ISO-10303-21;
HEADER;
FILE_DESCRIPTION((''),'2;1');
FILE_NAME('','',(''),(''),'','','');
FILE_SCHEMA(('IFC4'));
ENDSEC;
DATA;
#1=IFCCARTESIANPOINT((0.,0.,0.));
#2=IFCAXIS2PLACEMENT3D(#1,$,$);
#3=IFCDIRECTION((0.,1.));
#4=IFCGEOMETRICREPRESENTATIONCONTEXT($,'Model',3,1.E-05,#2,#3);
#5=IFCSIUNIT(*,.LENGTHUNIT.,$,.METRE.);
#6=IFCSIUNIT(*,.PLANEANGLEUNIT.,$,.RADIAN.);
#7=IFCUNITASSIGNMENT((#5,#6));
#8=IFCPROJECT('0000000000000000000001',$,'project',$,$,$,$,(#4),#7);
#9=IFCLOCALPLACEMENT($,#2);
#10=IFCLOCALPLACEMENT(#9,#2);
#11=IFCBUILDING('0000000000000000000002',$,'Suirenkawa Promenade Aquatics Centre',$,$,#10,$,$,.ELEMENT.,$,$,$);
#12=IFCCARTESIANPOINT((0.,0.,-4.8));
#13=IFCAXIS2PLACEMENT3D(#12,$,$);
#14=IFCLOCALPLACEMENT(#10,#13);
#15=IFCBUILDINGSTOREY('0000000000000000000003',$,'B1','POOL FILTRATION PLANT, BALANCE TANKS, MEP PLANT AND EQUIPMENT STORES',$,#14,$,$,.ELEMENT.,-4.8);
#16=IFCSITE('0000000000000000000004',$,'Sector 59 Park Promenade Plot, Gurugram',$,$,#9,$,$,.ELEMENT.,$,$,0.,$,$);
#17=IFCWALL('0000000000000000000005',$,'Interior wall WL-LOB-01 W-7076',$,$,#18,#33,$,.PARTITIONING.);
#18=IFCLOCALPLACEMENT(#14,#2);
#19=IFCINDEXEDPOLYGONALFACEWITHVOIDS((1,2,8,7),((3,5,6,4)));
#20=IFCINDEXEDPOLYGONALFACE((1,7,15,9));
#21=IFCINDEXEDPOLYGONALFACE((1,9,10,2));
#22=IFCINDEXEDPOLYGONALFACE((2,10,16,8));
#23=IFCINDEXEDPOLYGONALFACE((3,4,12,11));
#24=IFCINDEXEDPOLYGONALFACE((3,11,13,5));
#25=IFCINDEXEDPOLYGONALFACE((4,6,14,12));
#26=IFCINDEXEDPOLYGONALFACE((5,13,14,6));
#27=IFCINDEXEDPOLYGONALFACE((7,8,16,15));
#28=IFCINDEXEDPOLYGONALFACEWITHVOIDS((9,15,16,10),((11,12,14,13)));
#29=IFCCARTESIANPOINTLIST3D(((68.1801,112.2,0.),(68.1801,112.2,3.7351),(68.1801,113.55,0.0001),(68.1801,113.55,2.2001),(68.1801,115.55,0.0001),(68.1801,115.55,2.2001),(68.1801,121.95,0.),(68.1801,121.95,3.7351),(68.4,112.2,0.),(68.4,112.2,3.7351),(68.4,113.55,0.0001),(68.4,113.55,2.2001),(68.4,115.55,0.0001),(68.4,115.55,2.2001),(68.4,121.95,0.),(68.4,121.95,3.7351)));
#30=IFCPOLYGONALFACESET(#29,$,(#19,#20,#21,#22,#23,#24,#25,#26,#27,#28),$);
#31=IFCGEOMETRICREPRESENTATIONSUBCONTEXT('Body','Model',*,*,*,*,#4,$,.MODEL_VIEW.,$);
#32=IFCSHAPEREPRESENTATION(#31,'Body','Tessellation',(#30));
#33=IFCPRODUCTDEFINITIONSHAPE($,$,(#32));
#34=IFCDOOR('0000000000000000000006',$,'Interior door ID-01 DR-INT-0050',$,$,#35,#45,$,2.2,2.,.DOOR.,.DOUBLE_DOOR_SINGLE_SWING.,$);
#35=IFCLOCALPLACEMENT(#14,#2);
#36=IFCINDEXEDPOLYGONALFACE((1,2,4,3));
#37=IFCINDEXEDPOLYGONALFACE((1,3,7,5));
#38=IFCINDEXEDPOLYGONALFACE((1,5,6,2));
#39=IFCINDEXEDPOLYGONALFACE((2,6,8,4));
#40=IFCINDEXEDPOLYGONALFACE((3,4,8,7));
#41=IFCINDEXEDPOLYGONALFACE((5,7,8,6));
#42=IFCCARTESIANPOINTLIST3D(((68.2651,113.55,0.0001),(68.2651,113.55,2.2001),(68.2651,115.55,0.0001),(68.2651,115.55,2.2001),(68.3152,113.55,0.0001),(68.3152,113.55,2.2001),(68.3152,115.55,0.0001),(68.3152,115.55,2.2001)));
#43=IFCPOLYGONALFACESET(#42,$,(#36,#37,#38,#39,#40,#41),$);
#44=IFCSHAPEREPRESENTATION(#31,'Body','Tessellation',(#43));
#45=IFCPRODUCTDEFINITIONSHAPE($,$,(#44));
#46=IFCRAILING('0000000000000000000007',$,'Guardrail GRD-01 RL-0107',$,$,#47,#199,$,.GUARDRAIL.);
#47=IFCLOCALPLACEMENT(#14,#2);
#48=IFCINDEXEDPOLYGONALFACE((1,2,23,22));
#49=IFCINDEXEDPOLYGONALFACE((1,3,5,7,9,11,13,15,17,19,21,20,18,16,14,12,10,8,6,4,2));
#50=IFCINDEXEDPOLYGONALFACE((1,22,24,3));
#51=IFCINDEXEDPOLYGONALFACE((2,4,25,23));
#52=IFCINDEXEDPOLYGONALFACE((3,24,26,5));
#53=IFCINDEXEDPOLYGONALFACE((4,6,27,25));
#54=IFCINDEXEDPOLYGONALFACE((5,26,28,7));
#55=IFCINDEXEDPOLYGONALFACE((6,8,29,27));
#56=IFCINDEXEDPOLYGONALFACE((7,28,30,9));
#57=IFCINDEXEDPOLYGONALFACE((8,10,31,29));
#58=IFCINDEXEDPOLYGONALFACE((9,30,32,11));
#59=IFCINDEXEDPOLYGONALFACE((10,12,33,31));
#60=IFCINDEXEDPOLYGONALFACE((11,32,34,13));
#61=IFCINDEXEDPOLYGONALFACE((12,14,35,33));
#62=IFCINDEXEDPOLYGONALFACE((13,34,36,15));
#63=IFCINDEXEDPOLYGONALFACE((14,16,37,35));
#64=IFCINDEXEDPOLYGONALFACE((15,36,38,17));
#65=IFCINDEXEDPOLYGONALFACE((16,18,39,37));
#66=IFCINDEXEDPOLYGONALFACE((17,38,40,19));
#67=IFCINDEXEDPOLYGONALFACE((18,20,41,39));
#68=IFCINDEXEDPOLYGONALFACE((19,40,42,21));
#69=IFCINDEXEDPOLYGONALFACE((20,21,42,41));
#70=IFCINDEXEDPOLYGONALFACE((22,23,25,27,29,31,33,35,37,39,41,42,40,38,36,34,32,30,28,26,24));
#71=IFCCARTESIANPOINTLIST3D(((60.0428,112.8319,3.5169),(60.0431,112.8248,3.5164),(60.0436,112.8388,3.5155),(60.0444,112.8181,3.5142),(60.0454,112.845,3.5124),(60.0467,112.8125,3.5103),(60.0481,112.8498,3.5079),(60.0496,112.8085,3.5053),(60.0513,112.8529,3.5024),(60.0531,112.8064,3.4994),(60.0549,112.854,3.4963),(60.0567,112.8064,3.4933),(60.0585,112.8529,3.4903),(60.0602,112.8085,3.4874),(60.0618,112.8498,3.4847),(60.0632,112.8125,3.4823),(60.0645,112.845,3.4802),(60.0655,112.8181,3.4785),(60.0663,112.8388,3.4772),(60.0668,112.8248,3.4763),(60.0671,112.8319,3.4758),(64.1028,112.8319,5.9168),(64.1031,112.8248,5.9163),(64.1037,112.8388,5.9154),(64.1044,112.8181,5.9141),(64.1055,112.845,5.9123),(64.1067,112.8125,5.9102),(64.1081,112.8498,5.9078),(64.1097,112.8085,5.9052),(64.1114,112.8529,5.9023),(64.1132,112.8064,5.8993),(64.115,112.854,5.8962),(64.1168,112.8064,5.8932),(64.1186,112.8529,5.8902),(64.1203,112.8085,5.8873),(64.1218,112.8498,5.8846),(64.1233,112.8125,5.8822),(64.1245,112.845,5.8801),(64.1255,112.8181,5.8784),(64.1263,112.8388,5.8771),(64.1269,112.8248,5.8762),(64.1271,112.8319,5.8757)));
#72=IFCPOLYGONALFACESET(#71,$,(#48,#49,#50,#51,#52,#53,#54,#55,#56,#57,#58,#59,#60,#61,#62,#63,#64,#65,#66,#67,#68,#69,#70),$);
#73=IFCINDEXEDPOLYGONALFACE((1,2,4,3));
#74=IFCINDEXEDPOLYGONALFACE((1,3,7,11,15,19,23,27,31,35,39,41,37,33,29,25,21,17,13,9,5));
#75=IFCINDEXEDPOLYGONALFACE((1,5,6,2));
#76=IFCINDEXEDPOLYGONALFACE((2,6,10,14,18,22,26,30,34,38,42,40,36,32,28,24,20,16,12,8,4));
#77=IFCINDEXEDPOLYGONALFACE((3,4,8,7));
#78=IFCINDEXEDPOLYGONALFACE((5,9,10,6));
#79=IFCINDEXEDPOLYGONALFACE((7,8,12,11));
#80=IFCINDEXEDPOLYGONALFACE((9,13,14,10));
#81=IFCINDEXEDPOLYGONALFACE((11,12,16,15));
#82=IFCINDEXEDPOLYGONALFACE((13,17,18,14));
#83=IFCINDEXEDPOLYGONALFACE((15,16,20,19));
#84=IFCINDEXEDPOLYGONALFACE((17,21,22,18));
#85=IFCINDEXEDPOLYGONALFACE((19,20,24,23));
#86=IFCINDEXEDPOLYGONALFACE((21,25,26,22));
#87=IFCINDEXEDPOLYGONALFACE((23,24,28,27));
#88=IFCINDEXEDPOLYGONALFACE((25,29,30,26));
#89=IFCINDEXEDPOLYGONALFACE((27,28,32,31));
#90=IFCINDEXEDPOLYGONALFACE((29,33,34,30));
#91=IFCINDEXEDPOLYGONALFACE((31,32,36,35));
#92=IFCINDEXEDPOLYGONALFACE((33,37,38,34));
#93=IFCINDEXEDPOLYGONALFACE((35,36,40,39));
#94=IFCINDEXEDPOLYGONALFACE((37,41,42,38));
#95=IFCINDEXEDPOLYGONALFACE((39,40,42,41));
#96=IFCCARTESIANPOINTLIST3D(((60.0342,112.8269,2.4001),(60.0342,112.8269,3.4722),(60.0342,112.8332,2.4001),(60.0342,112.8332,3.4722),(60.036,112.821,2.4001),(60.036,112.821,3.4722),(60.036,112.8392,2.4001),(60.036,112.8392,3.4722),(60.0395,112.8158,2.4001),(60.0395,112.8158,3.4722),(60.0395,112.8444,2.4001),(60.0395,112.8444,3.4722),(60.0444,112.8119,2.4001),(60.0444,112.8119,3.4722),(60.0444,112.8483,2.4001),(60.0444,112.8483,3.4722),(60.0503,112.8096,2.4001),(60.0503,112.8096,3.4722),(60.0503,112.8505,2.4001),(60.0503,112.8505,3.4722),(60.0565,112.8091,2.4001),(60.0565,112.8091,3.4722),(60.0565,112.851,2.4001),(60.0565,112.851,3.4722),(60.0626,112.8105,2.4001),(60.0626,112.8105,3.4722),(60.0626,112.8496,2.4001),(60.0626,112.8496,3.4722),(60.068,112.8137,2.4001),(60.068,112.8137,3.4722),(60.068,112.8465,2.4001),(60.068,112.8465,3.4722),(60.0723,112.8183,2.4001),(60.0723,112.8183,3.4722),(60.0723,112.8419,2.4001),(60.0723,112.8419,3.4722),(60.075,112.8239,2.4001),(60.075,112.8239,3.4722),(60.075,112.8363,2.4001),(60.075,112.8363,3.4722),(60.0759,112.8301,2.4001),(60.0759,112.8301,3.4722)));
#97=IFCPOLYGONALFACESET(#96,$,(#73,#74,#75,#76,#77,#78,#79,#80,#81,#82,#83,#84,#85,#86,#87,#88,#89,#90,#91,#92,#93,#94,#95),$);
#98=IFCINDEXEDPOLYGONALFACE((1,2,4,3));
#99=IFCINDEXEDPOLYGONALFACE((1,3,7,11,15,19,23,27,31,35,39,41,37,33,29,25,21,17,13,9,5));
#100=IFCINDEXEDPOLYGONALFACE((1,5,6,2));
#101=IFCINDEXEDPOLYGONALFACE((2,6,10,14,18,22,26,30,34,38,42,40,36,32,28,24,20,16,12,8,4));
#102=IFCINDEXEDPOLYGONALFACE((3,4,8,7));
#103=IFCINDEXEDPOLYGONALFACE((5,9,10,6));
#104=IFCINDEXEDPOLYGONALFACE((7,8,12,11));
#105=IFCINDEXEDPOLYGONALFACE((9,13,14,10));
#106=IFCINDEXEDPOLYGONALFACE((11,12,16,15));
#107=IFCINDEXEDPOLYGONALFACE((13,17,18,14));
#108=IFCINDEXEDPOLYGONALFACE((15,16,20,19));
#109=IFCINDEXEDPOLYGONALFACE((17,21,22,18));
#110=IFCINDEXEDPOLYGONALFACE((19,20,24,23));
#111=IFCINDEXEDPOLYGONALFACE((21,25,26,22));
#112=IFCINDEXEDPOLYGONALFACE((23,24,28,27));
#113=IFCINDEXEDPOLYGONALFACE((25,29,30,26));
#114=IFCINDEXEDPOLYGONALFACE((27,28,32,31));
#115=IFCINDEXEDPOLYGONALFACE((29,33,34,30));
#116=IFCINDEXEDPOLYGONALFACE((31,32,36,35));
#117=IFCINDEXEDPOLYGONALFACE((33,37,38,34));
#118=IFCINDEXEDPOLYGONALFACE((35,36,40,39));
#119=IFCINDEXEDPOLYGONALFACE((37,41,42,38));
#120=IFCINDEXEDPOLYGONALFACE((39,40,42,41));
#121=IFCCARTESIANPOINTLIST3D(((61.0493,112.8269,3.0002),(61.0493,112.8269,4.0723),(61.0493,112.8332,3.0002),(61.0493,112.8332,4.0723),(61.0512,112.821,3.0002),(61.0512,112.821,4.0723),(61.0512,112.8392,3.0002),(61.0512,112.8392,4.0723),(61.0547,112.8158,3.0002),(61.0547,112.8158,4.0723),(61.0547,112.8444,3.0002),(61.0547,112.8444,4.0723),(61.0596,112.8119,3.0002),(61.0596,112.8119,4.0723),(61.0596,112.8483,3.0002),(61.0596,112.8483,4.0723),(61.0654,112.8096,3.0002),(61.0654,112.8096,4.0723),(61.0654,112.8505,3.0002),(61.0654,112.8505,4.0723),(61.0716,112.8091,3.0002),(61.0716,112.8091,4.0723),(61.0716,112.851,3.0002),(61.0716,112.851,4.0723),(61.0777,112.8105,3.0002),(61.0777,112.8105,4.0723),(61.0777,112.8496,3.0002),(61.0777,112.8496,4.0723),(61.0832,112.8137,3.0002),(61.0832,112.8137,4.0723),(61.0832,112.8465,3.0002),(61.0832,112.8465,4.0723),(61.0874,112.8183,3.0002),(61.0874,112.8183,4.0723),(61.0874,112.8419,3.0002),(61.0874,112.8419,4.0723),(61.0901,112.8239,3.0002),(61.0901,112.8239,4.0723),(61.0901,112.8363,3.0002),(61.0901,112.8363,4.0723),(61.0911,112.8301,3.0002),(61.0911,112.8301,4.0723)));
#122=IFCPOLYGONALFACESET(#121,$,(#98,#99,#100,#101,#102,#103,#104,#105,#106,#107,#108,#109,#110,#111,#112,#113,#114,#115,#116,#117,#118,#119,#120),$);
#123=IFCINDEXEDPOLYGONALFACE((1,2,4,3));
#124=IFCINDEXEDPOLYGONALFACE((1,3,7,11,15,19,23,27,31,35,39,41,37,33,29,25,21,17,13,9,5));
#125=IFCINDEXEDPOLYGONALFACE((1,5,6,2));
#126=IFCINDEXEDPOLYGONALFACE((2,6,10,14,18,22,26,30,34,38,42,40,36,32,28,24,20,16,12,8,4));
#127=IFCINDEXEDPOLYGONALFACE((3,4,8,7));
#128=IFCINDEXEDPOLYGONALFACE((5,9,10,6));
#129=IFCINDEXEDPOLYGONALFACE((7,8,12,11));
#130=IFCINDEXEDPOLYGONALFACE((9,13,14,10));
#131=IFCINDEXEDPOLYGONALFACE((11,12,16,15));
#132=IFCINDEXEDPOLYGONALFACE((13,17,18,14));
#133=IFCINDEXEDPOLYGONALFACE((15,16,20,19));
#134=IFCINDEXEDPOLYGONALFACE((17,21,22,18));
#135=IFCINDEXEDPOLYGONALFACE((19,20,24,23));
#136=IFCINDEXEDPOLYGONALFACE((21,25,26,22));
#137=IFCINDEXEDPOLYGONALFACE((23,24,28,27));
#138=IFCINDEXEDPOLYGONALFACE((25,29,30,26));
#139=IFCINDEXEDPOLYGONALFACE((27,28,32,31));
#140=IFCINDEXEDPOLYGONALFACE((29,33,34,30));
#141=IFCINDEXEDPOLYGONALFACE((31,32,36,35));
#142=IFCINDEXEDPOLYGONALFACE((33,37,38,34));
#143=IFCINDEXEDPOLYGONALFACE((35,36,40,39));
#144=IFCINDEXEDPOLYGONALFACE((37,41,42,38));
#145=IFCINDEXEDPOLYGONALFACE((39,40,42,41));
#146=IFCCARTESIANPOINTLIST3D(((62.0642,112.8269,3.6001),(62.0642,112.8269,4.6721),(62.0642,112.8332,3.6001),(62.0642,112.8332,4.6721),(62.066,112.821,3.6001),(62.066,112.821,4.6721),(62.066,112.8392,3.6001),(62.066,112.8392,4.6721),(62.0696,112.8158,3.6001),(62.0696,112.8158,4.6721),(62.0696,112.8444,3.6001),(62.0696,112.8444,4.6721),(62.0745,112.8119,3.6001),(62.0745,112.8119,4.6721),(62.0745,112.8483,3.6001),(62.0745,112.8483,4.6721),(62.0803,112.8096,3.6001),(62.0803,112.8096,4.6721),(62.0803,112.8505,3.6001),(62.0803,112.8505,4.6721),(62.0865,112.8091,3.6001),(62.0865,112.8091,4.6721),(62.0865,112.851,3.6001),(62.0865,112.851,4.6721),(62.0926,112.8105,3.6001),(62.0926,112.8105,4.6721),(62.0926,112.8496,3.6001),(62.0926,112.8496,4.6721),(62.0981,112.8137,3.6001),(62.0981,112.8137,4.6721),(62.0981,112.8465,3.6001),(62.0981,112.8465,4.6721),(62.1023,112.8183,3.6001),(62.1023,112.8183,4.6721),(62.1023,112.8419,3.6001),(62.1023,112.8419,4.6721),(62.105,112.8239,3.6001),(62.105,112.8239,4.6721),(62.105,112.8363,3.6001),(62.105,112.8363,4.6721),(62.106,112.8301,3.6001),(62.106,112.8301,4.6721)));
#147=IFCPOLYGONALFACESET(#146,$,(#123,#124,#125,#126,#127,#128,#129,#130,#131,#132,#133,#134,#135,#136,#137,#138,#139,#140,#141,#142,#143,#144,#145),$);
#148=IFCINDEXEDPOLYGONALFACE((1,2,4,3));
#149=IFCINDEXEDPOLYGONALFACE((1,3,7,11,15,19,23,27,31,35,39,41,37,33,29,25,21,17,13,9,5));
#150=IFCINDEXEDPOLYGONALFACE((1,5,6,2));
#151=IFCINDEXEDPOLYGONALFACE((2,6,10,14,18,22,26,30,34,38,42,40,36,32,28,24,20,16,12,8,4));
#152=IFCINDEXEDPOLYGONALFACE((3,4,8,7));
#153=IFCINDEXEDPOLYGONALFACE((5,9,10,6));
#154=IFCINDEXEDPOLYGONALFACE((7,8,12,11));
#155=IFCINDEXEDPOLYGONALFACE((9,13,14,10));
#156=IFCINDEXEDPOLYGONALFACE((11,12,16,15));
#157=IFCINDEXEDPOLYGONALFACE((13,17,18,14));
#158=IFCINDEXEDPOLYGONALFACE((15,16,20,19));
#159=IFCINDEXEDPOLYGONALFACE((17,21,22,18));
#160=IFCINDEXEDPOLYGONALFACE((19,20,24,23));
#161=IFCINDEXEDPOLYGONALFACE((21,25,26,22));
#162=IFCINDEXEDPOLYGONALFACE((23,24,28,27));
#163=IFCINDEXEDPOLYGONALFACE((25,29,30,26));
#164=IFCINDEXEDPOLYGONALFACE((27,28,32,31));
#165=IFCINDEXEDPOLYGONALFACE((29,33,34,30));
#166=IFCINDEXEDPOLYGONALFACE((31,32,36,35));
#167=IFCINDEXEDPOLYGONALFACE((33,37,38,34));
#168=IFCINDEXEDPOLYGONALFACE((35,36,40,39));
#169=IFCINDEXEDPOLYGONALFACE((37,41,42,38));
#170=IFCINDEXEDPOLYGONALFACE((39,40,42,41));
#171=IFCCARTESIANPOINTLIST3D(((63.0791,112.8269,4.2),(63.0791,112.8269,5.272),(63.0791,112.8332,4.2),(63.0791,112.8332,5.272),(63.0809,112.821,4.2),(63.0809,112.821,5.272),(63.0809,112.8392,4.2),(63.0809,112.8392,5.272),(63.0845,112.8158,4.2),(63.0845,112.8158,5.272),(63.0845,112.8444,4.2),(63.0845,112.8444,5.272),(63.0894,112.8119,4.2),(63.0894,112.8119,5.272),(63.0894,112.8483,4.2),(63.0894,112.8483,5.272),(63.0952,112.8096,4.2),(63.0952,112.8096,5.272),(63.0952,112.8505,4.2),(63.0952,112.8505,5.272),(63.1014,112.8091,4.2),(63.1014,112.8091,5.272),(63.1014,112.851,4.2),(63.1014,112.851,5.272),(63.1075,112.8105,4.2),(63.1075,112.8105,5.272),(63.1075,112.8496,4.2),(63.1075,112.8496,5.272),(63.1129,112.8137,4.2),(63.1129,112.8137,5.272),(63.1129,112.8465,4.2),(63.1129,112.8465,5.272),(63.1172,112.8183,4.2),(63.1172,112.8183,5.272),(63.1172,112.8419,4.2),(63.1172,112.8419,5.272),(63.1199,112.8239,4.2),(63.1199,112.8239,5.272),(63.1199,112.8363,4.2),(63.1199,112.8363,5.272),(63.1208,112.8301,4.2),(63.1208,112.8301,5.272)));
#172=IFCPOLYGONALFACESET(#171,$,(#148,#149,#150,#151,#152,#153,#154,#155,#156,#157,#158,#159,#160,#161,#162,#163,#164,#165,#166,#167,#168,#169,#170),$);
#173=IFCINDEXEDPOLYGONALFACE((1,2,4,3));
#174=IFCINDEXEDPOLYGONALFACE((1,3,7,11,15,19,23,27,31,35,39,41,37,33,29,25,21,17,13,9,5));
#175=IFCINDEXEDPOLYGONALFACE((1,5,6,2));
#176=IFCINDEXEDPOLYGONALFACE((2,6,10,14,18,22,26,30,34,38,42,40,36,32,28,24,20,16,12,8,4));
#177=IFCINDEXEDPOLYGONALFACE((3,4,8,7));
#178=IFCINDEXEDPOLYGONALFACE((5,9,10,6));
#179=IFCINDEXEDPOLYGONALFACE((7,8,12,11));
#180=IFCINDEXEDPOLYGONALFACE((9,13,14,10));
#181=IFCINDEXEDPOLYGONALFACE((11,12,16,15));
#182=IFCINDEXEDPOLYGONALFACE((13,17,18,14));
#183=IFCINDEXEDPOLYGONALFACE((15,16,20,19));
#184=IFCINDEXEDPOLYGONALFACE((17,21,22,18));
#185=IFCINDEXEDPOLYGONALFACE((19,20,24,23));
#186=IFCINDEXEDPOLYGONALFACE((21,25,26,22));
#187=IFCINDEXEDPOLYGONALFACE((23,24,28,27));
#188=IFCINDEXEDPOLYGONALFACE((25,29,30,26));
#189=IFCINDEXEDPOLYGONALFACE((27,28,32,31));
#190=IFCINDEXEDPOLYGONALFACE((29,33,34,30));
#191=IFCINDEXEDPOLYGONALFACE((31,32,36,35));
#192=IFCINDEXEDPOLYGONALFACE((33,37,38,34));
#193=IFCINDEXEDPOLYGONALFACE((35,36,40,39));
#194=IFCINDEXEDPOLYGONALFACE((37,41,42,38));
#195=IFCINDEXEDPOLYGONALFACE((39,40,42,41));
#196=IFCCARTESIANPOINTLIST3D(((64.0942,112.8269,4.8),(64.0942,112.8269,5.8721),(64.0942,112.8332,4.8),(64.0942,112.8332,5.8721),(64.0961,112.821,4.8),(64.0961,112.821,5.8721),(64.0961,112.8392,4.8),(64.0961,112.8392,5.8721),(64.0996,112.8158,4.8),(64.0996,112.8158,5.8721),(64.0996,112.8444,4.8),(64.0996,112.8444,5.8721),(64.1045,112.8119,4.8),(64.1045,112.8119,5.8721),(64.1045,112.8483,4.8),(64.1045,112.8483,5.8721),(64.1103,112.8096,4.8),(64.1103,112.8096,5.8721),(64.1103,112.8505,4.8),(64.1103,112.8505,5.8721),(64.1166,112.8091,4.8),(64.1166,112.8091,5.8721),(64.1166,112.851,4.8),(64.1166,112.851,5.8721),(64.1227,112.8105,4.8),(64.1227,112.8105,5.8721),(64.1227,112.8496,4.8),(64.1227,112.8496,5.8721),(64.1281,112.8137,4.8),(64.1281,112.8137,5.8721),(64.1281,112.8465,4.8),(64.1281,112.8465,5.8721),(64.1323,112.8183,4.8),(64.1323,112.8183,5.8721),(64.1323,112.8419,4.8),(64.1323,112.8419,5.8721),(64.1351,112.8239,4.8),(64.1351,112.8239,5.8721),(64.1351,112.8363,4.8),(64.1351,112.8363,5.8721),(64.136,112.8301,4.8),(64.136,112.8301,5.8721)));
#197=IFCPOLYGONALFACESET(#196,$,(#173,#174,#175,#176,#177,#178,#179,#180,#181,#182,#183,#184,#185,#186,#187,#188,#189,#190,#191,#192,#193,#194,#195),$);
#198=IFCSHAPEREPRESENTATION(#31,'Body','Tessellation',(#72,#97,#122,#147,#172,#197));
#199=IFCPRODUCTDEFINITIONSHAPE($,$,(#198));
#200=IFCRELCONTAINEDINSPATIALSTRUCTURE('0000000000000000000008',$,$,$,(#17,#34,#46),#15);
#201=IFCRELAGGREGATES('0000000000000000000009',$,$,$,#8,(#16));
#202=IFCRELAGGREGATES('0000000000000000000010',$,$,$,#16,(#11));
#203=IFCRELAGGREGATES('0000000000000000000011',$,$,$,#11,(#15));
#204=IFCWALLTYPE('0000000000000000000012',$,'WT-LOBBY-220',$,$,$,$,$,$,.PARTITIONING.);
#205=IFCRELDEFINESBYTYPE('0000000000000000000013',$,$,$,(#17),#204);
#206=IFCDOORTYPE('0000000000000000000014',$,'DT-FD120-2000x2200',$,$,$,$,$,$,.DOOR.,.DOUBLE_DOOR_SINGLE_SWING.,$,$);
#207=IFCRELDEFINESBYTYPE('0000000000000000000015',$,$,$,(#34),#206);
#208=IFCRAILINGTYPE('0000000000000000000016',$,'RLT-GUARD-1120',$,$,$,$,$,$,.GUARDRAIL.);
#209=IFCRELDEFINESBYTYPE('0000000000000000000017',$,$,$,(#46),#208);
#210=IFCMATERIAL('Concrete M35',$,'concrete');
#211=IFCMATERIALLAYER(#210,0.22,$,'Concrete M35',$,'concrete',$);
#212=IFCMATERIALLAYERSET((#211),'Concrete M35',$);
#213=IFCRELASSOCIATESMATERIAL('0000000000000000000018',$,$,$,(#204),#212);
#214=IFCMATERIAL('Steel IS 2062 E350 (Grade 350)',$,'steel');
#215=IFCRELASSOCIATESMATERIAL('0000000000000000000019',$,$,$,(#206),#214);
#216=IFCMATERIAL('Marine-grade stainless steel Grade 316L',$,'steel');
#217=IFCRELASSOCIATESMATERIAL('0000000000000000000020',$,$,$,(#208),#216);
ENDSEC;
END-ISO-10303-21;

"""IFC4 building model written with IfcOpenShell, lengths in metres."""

from ifc_helpers import new_model, si_unit, direction, frame, frame_2d, origin, origin_2d, place, context, subcontext, project, spatial, rectangle, circle, extrude, material, layer, layer_set, type_object, element, fill, save


model = new_model("IFC4")

# Units and contexts
model_context = context("Model", 3, precision=1e-05, world=origin(), true_north=direction((0.0, 1.0)))
body_context = subcontext(model_context, "Body", "Model", "MODEL_VIEW")
ifc_project = project(units=[si_unit("LENGTHUNIT", "METRE"), si_unit("PLANEANGLEUNIT", "RADIAN")], contexts=[model_context])

# Site, building, storey
site_placement = place(None, origin())
site = spatial("IfcSite", under=ifc_project, at=site_placement, Name="Sector 59 Park Promenade Plot, Gurugram", CompositionType="ELEMENT", RefElevation=0.0)
building_placement = place(site_placement, origin())
building = spatial("IfcBuilding", under=site, at=building_placement, Name="Suirenkawa Promenade Aquatics Centre", CompositionType="ELEMENT")
storey_placement = place(building_placement, frame((0.0, 0.0, -4.8)))
storey = spatial("IfcBuildingStorey", under=building, at=storey_placement, Name="B1", Description="POOL FILTRATION PLANT, BALANCE TANKS, MEP PLANT AND EQUIPMENT STORES", CompositionType="ELEMENT", Elevation=-4.8)

# Shared definitions
ifc_material_1 = material(Name="Concrete M35", Category="concrete")

# Wall, opening, door
ifc_layer = layer(ifc_material_1, 0.22, Name="Concrete M35", Category="concrete")
ifc_layer_set = layer_set([ifc_layer], Name="Concrete M35")
wall_type = type_object("IfcWallType", Name="WT-LOBBY-220", PredefinedType="PARTITIONING", material=ifc_layer_set)
wall_placement = place(storey_placement, frame((68.29, 112.2, 0.0), z_axis=(0.0, 0.0, 1.0), x_axis=(0.0, 1.0, 0.0)))
wall = element("IfcWall", 1, at=wall_placement, inside=storey, type_object=wall_type, Name="Interior wall WL-LOB-01 W-7076", PredefinedType="PARTITIONING", context=body_context, shape_type="SweptSolid", body=[
    extrude(rectangle(XDim=9.75, YDim=0.22, at=frame_2d((4.875, 0.0))), origin(), (0.0, 0.0, 1.0), 3.7351),
])
opening_placement = place(wall_placement, frame((1.3501, 0.0, 0.0)))
opening = element("IfcOpeningElement", 2, at=opening_placement, cuts=wall, PredefinedType="OPENING", context=body_context, shape_type="SweptSolid", body=[
    extrude(rectangle(XDim=2.0, YDim=2.2, at=frame_2d((1.0, 1.1001))), frame((0.0, 0.1199, 0.0), z_axis=(0.0, -1.0, 0.0), x_axis=(1.0, 0.0, 0.0)), (0.0, 0.0, 1.0), 0.24),
])
ifc_material_2 = material(Name="Steel IS 2062 E350 (Grade 350)", Category="steel")
door_type = type_object("IfcDoorType", Name="DT-FD120-2000x2200", OperationType="DOUBLE_DOOR_SINGLE_SWING", PredefinedType="DOOR", material=ifc_material_2)
door_placement = place(opening_placement, origin())
door = element("IfcDoor", 3, at=door_placement, inside=storey, type_object=door_type, Name="Interior door ID-01 DR-INT-0050", OperationType="DOUBLE_DOOR_SINGLE_SWING", OverallHeight=2.2, OverallWidth=2.0, PredefinedType="DOOR", context=body_context, shape_type="SweptSolid", body=[
    extrude(rectangle(XDim=2.0, YDim=2.2, at=frame_2d((1.0, 1.1001))), frame((0.0, 0.0249, 0.0), z_axis=(0.0, -1.0, 0.0), x_axis=(1.0, 0.0, 0.0)), (0.0, 0.0, 1.0), 0.05),
])
fill(opening, door)

# Railing
ifc_material_3 = material(Name="Marine-grade stainless steel Grade 316L", Category="steel")
railing_type_1 = type_object("IfcRailingType", Name="RLT-GUARD-1120", PredefinedType="GUARDRAIL", material=ifc_material_3)
railing_1_placement = place(storey_placement, frame((60.0549, 112.8301, 2.4001)))
element("IfcRailing", 4, at=railing_1_placement, inside=storey, type_object=railing_type_1, Name="Guardrail GRD-01 RL-0107", PredefinedType="GUARDRAIL", context=body_context, shape_type="SweptSolid", body=[
    extrude(circle(Radius=0.0239, at=origin_2d()), frame((0.0, 0.0, 1.0962), z_axis=(0.860854, 0.0, 0.508851), x_axis=(0.0, 1.0, 0.0)), (0.0, 0.0, 1.0), 4.7163),
    extrude(circle(Radius=0.021, at=origin_2d()), origin(), (0.0, 0.0, 1.0), 1.072),
    extrude(circle(Radius=0.021, at=origin_2d()), frame((1.0151, 0.0, 0.6001)), (0.0, 0.0, 1.0), 1.072),
    extrude(circle(Radius=0.021, at=origin_2d()), frame((2.03, 0.0, 1.2)), (0.0, 0.0, 1.0), 1.072),
    extrude(circle(Radius=0.021, at=origin_2d()), frame((3.0449, 0.0, 1.7998)), (0.0, 0.0, 1.0), 1.072),
    extrude(circle(Radius=0.021, at=origin_2d()), frame((4.0601, 0.0, 2.3999)), (0.0, 0.0, 1.0), 1.072),
])

save(model, "model.ifc")
